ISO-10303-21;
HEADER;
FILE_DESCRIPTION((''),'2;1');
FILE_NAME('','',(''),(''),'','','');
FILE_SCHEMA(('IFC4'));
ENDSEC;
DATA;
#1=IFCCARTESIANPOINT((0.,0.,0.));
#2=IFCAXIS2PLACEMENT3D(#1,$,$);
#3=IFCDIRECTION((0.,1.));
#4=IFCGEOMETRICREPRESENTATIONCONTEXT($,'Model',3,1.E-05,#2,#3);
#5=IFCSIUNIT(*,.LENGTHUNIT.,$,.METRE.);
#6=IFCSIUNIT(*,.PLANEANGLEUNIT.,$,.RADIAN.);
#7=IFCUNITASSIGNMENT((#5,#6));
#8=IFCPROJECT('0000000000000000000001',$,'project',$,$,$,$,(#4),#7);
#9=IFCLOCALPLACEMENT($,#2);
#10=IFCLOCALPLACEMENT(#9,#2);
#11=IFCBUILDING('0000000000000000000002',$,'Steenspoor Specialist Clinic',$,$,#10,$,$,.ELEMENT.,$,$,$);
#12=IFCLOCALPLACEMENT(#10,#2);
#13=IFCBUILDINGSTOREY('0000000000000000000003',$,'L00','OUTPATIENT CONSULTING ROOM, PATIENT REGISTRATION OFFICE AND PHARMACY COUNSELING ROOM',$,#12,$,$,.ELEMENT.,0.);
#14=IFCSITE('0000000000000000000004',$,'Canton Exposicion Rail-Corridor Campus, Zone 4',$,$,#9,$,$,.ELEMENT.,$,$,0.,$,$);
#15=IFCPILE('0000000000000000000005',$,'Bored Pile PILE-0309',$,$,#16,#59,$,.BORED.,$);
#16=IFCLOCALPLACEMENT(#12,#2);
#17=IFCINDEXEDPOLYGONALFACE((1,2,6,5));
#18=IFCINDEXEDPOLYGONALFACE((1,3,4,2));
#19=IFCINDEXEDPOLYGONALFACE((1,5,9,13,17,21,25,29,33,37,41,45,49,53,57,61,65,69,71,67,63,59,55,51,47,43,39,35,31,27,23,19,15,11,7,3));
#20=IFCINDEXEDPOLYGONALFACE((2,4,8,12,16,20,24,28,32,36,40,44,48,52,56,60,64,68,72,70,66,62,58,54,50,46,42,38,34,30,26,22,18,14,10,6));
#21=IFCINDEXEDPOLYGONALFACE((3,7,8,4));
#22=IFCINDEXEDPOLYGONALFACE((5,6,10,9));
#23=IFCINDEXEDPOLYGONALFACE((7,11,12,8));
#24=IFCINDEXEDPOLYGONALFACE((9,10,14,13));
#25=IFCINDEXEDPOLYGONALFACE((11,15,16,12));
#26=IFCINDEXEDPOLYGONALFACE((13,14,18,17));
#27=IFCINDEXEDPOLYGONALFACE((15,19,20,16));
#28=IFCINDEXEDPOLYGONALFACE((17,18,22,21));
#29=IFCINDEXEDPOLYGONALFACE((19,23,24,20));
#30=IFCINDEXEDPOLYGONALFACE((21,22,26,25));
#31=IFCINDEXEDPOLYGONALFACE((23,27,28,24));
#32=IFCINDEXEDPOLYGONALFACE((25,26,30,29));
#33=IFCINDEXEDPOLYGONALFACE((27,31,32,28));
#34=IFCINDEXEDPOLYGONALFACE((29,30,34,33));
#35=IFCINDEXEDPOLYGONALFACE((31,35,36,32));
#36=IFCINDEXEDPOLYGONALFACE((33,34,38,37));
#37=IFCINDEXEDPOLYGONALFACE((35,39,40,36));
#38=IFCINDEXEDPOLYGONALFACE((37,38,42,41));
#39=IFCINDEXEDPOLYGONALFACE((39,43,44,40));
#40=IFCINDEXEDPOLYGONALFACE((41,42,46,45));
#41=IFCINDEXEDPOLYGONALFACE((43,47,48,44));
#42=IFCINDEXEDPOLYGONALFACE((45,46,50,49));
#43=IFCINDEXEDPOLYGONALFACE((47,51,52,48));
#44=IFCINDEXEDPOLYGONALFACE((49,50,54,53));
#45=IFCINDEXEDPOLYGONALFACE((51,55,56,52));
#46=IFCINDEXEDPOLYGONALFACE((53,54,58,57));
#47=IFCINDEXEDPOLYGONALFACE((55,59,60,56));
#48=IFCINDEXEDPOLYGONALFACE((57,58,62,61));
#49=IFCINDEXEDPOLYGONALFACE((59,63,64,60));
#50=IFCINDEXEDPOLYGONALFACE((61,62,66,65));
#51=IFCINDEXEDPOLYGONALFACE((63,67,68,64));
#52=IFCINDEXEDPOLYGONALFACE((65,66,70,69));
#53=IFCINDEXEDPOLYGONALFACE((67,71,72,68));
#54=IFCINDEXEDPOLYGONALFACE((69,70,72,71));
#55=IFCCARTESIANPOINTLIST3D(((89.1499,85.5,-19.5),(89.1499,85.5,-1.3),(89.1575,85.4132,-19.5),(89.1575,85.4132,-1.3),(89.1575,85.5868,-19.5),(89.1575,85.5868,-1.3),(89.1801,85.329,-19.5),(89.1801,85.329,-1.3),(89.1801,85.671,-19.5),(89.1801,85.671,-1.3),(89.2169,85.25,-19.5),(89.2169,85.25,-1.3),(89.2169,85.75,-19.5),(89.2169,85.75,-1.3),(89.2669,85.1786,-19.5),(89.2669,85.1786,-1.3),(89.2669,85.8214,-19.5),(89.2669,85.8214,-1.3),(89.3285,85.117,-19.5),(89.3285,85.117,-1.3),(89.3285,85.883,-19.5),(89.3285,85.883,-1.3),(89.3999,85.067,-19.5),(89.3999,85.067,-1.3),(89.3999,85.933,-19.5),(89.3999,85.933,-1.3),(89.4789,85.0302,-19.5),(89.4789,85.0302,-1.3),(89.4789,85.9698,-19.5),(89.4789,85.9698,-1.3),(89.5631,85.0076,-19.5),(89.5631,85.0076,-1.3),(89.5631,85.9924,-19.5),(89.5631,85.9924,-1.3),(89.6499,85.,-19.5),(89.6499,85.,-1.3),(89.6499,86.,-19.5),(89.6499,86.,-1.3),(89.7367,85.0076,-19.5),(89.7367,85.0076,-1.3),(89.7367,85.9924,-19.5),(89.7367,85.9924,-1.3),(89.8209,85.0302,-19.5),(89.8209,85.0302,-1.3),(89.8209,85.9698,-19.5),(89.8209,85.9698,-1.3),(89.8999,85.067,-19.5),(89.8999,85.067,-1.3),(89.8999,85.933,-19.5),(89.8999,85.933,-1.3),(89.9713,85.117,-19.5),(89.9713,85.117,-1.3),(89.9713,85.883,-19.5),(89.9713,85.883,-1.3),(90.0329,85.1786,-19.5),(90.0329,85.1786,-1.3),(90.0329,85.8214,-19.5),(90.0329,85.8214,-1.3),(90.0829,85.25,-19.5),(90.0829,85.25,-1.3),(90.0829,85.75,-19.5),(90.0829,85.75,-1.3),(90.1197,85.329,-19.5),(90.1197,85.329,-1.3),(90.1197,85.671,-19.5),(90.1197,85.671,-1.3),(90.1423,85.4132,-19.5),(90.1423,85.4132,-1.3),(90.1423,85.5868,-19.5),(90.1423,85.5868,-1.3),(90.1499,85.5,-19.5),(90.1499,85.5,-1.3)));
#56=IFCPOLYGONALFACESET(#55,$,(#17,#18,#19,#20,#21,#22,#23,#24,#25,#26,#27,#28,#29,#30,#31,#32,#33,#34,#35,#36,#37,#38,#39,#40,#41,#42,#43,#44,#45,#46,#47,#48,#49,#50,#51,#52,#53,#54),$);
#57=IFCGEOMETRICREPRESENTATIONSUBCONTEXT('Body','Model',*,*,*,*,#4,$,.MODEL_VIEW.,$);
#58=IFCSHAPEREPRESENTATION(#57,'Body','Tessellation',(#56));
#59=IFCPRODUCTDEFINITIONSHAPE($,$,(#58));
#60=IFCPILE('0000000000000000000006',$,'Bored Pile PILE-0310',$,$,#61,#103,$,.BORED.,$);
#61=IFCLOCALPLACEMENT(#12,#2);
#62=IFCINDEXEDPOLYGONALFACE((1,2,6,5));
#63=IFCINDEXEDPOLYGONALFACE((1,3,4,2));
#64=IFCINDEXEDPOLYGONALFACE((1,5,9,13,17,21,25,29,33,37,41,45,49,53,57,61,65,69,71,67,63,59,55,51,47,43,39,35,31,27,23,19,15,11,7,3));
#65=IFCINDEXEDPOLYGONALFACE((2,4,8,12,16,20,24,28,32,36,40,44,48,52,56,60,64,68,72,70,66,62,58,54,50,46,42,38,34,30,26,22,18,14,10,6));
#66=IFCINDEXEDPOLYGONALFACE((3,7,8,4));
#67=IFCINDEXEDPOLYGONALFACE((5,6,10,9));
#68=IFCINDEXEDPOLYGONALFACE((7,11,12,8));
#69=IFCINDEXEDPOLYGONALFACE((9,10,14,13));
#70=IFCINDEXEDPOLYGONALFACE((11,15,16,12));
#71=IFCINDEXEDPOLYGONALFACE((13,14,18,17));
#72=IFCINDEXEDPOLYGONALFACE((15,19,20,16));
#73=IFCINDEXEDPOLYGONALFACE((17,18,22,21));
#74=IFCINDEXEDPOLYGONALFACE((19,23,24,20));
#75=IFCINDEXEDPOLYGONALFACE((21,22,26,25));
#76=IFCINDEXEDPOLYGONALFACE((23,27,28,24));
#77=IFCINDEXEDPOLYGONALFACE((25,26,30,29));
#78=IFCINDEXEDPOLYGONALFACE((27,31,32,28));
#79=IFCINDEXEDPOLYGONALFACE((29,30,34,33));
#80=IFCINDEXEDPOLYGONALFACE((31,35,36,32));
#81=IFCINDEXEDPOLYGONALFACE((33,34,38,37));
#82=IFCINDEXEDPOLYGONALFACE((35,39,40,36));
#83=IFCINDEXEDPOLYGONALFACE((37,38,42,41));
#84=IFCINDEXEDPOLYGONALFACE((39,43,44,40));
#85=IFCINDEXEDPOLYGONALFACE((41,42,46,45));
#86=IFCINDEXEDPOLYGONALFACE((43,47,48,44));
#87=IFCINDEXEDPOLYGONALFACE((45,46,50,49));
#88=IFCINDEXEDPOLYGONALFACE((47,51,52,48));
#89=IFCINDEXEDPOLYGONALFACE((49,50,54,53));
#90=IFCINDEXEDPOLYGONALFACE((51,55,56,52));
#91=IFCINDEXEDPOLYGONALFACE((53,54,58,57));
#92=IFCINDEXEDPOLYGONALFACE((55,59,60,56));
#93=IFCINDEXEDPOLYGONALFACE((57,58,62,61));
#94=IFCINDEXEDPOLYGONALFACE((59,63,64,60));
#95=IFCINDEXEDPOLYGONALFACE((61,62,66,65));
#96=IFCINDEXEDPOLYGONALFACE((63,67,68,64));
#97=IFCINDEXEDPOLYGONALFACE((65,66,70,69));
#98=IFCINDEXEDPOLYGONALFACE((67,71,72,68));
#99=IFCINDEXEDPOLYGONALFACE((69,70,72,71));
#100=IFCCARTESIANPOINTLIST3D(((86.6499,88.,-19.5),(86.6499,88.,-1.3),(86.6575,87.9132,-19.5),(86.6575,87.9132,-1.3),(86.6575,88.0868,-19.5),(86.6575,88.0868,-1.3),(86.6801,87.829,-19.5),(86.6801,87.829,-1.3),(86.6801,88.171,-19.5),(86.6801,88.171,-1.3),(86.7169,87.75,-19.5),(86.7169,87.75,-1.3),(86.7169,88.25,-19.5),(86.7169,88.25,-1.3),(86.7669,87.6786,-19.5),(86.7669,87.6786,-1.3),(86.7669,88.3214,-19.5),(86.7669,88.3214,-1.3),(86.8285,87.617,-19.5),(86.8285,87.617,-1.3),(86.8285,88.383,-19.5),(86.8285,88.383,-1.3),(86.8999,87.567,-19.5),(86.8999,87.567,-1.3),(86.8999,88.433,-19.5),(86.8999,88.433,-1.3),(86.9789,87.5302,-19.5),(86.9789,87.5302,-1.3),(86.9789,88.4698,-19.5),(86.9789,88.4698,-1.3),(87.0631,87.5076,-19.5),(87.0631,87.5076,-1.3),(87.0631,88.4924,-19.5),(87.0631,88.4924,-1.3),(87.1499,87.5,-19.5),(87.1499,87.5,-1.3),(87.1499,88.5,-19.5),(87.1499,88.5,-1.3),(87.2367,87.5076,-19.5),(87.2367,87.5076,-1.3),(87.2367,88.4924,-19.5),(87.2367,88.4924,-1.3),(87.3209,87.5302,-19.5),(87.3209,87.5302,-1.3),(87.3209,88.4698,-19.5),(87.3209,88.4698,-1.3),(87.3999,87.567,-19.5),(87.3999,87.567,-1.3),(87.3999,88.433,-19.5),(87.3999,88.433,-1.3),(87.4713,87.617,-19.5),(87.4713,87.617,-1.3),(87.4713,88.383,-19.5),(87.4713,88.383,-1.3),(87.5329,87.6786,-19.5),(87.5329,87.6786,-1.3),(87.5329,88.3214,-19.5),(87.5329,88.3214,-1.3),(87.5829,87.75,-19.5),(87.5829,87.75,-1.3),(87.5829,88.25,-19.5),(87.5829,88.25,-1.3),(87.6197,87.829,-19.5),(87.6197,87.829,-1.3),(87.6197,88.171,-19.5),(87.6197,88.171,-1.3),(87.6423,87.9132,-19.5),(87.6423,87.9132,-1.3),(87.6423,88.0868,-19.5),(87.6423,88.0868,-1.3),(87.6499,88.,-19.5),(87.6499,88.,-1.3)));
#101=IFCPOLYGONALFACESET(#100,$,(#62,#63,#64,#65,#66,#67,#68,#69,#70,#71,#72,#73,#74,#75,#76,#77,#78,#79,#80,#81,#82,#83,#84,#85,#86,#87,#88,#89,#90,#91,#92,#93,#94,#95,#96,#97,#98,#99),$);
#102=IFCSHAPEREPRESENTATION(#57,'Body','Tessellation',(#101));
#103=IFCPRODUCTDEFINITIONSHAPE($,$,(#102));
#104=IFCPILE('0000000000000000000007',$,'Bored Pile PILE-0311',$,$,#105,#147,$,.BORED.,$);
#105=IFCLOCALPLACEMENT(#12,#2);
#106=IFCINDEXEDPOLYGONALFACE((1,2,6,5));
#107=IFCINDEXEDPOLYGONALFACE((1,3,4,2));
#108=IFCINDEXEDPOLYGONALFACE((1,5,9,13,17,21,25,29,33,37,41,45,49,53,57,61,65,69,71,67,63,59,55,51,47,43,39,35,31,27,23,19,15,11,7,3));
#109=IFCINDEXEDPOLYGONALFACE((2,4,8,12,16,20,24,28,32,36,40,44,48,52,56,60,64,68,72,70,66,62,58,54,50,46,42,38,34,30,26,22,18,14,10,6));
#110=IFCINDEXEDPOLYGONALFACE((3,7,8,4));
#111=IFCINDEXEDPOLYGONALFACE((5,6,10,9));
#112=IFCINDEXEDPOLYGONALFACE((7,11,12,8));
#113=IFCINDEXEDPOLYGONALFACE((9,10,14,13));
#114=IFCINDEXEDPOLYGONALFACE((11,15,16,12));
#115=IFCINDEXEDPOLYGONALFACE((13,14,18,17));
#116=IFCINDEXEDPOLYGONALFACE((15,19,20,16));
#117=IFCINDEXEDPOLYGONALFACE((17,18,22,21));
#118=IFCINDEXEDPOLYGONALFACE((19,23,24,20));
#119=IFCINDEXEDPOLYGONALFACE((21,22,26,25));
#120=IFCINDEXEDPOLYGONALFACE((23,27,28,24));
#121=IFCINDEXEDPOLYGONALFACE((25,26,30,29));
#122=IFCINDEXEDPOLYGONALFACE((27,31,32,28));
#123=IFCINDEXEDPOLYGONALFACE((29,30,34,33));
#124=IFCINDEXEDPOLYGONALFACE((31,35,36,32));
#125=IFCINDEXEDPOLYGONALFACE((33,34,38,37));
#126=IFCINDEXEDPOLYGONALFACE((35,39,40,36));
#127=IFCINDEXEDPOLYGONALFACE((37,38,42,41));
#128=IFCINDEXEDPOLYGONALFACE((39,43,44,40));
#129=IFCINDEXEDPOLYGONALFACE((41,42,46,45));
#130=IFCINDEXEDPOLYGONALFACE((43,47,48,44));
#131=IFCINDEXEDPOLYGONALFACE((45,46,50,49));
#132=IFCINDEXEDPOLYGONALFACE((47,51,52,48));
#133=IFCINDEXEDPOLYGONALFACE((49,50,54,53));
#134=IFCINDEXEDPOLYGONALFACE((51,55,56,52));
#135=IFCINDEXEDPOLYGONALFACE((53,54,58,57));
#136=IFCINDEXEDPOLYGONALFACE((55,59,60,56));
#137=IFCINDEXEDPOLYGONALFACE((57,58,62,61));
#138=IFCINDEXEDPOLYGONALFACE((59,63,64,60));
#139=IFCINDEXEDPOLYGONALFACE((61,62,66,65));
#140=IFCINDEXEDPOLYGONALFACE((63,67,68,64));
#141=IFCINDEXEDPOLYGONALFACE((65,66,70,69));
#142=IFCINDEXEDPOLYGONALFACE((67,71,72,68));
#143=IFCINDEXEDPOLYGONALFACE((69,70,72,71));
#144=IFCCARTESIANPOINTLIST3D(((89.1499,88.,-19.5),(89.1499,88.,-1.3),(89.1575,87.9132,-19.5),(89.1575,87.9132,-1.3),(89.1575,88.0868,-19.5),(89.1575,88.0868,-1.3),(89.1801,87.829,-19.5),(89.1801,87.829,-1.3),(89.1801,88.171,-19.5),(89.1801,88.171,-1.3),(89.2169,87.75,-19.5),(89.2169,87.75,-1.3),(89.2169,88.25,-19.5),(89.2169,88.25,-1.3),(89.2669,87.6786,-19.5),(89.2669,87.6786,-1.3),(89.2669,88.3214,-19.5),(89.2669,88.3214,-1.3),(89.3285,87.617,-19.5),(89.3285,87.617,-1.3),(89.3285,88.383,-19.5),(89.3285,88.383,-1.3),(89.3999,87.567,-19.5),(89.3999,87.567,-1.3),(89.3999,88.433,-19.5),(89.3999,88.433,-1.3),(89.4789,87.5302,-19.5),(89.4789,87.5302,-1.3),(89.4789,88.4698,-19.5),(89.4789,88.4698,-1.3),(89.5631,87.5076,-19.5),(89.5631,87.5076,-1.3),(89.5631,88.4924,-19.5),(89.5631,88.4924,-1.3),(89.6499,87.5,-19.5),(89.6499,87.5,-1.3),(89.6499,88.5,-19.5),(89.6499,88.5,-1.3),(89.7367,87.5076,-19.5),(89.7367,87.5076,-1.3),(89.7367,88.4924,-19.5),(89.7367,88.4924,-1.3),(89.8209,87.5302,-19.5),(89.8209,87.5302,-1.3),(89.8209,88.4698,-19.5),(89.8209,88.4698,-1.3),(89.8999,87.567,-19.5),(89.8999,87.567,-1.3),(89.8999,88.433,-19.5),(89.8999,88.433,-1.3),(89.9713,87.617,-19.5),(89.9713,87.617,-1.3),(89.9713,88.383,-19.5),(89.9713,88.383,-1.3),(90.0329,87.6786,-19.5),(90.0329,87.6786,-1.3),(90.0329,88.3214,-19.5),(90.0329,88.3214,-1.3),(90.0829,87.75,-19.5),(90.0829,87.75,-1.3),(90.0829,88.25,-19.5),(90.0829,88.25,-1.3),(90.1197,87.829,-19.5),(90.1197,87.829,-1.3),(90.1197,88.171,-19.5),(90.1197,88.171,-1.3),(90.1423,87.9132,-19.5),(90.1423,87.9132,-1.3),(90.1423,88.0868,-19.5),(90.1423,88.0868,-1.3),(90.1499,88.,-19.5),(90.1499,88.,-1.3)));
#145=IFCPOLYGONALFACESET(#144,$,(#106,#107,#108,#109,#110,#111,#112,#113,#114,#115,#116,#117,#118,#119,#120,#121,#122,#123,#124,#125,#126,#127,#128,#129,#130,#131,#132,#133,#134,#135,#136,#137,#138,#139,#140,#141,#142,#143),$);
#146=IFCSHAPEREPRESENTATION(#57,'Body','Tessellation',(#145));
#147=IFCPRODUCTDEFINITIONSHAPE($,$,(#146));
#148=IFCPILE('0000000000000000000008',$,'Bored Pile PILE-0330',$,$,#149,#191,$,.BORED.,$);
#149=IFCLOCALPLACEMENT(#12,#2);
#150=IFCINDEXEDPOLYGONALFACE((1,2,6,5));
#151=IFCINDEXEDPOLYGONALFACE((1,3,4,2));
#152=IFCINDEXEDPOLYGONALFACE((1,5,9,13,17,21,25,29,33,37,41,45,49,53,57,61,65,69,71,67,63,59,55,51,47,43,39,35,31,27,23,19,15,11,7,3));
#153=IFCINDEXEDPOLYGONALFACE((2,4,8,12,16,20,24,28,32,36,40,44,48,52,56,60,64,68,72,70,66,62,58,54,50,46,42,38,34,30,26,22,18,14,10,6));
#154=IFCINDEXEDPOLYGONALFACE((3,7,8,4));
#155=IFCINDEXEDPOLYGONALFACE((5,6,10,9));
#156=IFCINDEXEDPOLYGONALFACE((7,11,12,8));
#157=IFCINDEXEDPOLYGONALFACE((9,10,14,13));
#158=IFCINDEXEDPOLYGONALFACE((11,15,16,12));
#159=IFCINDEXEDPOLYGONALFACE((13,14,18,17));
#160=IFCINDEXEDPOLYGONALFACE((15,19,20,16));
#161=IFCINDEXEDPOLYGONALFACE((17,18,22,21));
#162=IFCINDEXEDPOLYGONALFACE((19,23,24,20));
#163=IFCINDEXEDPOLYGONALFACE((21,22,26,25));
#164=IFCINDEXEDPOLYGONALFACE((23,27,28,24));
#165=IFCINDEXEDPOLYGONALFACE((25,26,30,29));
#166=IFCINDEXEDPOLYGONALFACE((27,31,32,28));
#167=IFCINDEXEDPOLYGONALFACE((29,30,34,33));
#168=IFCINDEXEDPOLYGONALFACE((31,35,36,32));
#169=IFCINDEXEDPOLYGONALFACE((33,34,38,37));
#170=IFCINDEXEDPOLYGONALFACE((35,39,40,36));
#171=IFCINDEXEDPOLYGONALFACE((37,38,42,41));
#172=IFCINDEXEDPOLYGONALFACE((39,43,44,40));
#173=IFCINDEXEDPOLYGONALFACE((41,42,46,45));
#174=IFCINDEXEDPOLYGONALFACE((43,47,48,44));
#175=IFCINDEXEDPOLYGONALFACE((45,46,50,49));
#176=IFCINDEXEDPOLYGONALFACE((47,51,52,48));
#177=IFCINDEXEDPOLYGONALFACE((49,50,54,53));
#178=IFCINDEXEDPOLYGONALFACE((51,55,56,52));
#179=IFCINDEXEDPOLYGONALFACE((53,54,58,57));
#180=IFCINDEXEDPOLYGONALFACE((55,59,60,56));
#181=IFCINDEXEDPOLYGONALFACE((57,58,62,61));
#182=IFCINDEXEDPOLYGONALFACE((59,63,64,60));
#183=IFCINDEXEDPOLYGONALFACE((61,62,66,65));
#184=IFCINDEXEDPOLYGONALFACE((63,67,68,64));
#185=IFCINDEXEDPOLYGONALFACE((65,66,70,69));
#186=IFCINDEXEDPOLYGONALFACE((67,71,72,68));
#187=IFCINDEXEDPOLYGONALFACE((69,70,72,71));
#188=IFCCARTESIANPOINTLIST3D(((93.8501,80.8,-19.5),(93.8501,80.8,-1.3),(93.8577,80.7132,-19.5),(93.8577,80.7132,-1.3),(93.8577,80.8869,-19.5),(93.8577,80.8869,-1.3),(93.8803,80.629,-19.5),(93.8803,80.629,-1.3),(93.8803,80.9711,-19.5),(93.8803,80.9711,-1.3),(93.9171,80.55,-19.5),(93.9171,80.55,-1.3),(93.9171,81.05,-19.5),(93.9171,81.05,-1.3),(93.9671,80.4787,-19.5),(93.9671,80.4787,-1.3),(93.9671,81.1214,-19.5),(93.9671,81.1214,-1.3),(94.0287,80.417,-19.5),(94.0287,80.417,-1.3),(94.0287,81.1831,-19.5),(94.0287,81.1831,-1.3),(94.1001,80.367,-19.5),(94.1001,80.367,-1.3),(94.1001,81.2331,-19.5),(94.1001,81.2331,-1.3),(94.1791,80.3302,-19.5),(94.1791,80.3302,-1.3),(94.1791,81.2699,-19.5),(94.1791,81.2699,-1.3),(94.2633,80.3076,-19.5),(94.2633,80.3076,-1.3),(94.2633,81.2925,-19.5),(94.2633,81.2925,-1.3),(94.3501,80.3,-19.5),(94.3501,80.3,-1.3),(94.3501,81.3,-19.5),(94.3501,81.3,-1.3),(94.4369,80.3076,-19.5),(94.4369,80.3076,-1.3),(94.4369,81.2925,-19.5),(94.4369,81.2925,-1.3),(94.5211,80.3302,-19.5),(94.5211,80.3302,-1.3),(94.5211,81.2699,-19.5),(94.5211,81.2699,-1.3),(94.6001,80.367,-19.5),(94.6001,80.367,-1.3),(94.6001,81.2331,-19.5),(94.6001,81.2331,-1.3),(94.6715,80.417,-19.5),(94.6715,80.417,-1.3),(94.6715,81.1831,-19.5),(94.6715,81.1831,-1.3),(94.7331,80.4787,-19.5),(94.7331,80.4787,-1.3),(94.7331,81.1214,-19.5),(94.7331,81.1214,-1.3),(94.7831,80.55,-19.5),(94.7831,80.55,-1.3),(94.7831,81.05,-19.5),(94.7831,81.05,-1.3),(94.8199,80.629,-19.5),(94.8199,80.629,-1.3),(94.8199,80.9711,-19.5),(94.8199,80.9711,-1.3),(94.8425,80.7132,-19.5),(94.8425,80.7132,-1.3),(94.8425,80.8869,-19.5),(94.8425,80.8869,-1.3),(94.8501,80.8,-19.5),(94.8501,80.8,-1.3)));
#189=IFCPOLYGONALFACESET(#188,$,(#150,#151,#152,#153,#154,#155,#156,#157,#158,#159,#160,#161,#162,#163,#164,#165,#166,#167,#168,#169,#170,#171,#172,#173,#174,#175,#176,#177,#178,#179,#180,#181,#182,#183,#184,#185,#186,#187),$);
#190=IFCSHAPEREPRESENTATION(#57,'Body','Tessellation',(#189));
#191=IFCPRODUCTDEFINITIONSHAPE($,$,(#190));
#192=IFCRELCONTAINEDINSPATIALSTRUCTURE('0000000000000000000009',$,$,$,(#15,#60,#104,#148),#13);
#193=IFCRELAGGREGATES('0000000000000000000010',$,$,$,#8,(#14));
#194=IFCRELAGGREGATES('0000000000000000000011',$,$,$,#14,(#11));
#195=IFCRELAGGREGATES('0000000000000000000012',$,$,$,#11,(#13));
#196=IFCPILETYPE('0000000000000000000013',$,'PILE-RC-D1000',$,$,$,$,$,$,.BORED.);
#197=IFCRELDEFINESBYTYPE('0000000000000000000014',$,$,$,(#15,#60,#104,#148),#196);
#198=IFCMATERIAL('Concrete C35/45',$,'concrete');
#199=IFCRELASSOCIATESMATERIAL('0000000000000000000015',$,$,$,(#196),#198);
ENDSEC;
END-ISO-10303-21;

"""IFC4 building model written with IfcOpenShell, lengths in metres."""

from ifc_helpers import new_model, si_unit, direction, frame, origin, origin_2d, place, context, subcontext, project, spatial, circle, extrude, material, material_profile, profile_set, type_object, element, save


model = new_model("IFC4")

# Units and contexts
model_context = context("Model", 3, precision=1e-05, world=origin(), true_north=direction((0.0, 1.0)))
body_context = subcontext(model_context, "Body", "Model", "MODEL_VIEW")
ifc_project = project(units=[si_unit("LENGTHUNIT", "METRE"), si_unit("PLANEANGLEUNIT", "RADIAN")], contexts=[model_context])

# Site, building, storey
site_placement = place(None, origin())
site = spatial("IfcSite", under=ifc_project, at=site_placement, Name="Canton Exposicion Rail-Corridor Campus, Zone 4", CompositionType="ELEMENT", RefElevation=0.0)
building_placement = place(site_placement, origin())
building = spatial("IfcBuilding", under=site, at=building_placement, Name="Steenspoor Specialist Clinic", CompositionType="ELEMENT")
storey_placement = place(building_placement, origin())
storey = spatial("IfcBuildingStorey", under=building, at=storey_placement, Name="L00", Description="OUTPATIENT CONSULTING ROOM, PATIENT REGISTRATION OFFICE AND PHARMACY COUNSELING ROOM", CompositionType="ELEMENT", Elevation=0.0)

# Shared definitions
ifc_material_1 = material(Name="Concrete C35/45", Category="concrete")

# Piles
ifc_material_profile_1 = material_profile(ifc_material_1, circle(Radius=0.5, at=origin_2d()), Name="PILE-D1000")
ifc_profile_set_1 = profile_set([ifc_material_profile_1], Name="Concrete C35/45")
pile_type_1 = type_object("IfcPileType", Name="PILE-RC-D1000", PredefinedType="BORED", material=ifc_profile_set_1)
for number, where, z_axis, x_axis, name in (
    (1, (89.6499, 85.5, -1.3), (0.0, 0.0, -1.0), (1.0, 0.0, 0.0), "Bored Pile PILE-0309"),
    (2, (87.1499, 88.0, -1.3), (0.0, 0.0, -1.0), (1.0, 0.0, 0.0), "Bored Pile PILE-0310"),
    (3, (89.6499, 88.0, -1.3), (0.0, 0.0, -1.0), (1.0, 0.0, 0.0), "Bored Pile PILE-0311"),
    (4, (94.3501, 80.8, -1.3), (0.0, 0.0, -1.0), (1.0, 0.0, 0.0), "Bored Pile PILE-0330"),
):
    element("IfcPile", number, at=place(storey_placement, frame(where, z_axis=z_axis, x_axis=x_axis)), inside=storey, type_object=pile_type_1, Name=name, PredefinedType="BORED", context=body_context, shape_type="SweptSolid", body=[
        extrude(circle(Radius=0.5, at=origin_2d()), origin(), (0.0, 0.0, 1.0), 18.2),
    ])

save(model, "model.ifc")
